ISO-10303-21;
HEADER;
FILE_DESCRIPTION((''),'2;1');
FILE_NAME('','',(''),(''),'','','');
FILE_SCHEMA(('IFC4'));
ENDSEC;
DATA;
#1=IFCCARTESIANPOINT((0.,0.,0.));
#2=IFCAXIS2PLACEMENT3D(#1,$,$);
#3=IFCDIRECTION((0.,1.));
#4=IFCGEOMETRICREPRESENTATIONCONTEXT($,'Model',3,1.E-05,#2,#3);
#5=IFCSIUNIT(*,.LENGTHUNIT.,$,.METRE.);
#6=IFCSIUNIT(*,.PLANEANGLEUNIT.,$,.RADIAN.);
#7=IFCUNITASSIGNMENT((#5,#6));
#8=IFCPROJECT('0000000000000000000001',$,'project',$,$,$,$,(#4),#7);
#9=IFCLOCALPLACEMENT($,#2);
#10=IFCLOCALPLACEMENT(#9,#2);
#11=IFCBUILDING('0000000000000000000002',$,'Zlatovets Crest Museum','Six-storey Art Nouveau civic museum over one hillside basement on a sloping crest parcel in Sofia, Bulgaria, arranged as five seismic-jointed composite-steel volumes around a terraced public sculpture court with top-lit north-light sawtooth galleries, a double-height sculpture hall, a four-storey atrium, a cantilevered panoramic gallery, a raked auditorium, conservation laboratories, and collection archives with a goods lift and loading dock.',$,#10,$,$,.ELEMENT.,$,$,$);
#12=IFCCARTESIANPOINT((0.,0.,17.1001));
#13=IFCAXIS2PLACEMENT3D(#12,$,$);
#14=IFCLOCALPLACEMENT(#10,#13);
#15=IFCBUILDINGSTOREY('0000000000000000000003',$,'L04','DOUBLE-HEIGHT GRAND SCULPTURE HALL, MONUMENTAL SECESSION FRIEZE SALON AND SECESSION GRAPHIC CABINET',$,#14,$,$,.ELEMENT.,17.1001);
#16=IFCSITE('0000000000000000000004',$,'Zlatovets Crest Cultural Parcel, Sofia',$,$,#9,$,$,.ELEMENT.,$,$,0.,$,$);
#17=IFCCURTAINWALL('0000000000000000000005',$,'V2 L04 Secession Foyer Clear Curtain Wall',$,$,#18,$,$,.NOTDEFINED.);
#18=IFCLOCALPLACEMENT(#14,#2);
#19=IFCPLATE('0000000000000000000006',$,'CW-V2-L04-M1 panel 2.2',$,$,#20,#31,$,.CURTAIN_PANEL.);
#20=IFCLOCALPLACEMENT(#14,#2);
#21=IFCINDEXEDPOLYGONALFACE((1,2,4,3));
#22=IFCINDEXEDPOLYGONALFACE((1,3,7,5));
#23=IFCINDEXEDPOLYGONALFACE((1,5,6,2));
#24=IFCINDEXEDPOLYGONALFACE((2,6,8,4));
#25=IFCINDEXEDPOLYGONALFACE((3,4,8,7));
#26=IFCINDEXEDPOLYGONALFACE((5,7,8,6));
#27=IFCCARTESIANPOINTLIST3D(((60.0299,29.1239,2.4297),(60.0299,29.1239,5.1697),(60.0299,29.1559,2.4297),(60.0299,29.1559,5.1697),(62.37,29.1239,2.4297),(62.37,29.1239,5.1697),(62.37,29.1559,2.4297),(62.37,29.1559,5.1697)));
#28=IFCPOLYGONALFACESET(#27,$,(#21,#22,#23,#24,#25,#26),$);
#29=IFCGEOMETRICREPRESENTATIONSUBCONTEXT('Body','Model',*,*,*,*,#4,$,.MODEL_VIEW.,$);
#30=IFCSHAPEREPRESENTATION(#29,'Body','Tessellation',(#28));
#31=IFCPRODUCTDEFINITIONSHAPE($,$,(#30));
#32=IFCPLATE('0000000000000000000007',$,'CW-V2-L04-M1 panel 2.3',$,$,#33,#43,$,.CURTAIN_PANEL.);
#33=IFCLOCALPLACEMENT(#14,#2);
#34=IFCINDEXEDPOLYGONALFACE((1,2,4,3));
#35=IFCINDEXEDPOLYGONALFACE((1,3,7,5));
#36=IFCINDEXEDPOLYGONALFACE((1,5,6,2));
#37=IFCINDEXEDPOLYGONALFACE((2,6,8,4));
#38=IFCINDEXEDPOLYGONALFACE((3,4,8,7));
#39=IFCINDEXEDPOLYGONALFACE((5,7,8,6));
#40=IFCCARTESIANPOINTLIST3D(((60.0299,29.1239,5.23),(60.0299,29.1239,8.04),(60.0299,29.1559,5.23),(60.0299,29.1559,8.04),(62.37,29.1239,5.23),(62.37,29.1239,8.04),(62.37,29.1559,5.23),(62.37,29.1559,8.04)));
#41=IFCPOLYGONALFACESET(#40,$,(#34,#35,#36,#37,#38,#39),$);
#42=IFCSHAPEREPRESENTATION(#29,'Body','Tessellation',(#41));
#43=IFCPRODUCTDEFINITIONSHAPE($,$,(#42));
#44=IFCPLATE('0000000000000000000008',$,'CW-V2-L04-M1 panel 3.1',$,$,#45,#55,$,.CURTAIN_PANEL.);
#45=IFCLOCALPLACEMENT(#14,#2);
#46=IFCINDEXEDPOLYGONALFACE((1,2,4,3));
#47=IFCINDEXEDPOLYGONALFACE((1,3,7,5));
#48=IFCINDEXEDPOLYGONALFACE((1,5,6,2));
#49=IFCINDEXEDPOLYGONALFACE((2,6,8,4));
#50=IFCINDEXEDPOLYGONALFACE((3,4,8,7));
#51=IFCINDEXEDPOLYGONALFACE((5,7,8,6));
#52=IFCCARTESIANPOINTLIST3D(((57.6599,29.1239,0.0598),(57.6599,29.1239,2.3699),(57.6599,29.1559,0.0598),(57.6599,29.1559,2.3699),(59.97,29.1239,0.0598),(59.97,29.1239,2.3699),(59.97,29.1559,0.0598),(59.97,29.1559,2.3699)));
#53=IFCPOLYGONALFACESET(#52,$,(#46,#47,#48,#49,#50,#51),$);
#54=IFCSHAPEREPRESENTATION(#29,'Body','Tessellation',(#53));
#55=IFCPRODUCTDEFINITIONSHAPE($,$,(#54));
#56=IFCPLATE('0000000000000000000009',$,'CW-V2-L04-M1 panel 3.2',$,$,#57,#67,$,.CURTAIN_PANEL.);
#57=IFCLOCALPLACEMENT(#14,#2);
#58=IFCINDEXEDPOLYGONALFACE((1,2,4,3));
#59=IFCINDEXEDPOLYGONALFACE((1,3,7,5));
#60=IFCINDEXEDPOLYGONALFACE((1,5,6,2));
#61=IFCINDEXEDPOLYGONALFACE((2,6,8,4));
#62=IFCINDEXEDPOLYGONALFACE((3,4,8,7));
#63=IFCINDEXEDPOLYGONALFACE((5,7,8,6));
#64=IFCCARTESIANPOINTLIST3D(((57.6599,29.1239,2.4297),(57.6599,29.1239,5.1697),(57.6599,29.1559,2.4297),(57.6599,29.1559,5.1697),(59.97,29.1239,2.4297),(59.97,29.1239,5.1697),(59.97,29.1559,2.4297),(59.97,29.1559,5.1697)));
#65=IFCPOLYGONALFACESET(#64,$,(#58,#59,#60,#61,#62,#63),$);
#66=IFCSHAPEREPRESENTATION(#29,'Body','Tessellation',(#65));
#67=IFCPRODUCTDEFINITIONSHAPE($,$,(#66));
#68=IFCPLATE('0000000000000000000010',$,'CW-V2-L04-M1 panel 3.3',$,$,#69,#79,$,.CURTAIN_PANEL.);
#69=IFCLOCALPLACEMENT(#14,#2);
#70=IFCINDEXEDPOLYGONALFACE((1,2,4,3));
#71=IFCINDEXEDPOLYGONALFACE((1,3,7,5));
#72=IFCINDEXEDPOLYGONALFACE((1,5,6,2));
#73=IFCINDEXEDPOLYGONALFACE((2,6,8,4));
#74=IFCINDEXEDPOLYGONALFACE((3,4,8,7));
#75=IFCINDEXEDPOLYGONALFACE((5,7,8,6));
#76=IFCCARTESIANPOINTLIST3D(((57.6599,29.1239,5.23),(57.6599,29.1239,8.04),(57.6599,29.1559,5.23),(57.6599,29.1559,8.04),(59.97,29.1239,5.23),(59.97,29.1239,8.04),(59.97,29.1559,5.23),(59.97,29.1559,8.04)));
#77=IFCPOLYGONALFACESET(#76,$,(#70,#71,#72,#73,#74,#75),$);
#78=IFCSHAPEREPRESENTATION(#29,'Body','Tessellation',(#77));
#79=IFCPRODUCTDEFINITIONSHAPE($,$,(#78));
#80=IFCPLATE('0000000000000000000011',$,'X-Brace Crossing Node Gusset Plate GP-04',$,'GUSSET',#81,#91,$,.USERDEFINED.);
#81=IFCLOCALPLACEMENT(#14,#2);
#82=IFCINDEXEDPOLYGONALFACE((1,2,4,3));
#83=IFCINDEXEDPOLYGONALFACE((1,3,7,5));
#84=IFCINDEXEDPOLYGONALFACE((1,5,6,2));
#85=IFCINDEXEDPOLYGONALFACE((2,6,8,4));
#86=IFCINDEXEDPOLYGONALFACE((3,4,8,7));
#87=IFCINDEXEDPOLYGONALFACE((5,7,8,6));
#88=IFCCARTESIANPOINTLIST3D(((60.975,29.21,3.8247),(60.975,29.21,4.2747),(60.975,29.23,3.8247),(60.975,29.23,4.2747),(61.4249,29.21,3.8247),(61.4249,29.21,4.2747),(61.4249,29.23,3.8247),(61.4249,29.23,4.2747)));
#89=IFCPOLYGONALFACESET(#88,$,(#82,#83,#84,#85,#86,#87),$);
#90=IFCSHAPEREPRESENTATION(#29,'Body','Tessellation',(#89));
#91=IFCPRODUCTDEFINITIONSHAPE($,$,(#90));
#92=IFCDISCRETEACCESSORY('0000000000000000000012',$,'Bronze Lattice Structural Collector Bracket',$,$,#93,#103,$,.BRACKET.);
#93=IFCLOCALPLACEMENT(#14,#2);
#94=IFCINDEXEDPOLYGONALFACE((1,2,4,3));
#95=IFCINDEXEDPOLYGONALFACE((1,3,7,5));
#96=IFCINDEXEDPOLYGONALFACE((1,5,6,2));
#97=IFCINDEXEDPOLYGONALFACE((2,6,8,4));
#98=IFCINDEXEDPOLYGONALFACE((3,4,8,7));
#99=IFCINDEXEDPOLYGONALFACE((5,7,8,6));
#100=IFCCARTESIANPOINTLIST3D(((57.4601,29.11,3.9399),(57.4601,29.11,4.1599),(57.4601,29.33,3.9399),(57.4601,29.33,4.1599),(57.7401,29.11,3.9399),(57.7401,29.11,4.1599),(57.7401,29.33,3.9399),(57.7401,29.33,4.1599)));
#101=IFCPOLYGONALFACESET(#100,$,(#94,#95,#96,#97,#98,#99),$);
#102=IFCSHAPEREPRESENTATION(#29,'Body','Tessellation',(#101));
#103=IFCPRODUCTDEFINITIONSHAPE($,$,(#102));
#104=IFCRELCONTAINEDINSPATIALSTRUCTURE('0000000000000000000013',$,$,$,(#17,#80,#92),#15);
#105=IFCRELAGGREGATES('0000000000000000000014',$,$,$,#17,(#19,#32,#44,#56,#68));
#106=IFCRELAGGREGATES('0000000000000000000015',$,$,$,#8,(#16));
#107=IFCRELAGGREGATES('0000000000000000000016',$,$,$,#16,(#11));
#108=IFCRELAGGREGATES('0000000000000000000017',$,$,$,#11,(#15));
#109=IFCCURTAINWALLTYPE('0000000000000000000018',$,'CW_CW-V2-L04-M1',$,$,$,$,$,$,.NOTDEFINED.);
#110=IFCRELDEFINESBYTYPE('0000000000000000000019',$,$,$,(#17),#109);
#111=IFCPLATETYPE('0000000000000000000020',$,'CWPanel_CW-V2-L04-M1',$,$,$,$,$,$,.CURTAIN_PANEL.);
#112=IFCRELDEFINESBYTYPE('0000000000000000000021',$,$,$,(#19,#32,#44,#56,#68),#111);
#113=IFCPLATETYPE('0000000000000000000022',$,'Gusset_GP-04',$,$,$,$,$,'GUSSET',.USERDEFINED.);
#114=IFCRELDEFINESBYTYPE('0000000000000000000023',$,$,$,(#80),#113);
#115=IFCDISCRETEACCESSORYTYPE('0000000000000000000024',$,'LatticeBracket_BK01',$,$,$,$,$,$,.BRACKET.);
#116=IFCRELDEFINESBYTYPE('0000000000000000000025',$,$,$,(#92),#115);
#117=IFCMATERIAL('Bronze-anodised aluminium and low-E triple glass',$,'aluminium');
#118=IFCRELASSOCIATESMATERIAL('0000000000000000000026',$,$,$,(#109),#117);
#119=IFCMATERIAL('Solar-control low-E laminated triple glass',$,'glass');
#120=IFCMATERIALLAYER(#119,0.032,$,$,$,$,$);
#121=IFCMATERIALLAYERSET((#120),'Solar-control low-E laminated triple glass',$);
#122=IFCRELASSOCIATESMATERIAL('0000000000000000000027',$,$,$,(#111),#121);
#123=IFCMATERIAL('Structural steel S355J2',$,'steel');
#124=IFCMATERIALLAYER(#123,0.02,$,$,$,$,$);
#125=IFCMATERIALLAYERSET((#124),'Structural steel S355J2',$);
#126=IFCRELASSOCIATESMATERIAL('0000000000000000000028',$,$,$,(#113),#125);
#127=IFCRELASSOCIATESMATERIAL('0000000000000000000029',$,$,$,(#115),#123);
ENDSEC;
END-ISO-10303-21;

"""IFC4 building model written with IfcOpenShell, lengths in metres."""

from ifc_helpers import new_model, si_unit, direction, frame, origin, origin_2d, place, context, subcontext, project, spatial, rectangle, extrude, material, layer, layer_set, type_object, element, aggregate, save


model = new_model("IFC4")

# Units and contexts
model_context = context("Model", 3, precision=1e-05, world=origin(), true_north=direction((0.0, 1.0)))
body_context = subcontext(model_context, "Body", "Model", "MODEL_VIEW")
ifc_project = project(units=[si_unit("LENGTHUNIT", "METRE"), si_unit("PLANEANGLEUNIT", "RADIAN")], contexts=[model_context])

# Site, building, storey
site_placement = place(None, origin())
site = spatial("IfcSite", under=ifc_project, at=site_placement, Name="Zlatovets Crest Cultural Parcel, Sofia", CompositionType="ELEMENT", RefElevation=0.0)
building_placement = place(site_placement, origin())
building = spatial("IfcBuilding", under=site, at=building_placement, Name="Zlatovets Crest Museum", Description="Six-storey Art Nouveau civic museum over one hillside basement on a sloping crest parcel in Sofia, Bulgaria, arranged as five seismic-jointed composite-steel volumes around a terraced public sculpture court with top-lit north-light sawtooth galleries, a double-height sculpture hall, a four-storey atrium, a cantilevered panoramic gallery, a raked auditorium, conservation laboratories, and collection archives with a goods lift and loading dock.", CompositionType="ELEMENT")
storey_placement = place(building_placement, frame((0.0, 0.0, 17.1001)))
storey = spatial("IfcBuildingStorey", under=building, at=storey_placement, Name="L04", Description="DOUBLE-HEIGHT GRAND SCULPTURE HALL, MONUMENTAL SECESSION FRIEZE SALON AND SECESSION GRAPHIC CABINET", CompositionType="ELEMENT", Elevation=17.1001)

# Shared definitions
ifc_material_1 = material(Name="Structural steel S355J2", Category="steel")

# Curtain wall
ifc_material_2 = material(Name="Bronze-anodised aluminium and low-E triple glass", Category="aluminium")
curtain_wall_type = type_object("IfcCurtainWallType", Name="CW_CW-V2-L04-M1", PredefinedType="NOTDEFINED", material=ifc_material_2)
curtain_wall_placement = place(storey_placement, origin())
curtain_wall = element("IfcCurtainWall", 1, at=curtain_wall_placement, inside=storey, type_object=curtain_wall_type, Name="V2 L04 Secession Foyer Clear Curtain Wall", PredefinedType="NOTDEFINED")

# Plates
ifc_material_3 = material(Name="Solar-control low-E laminated triple glass", Category="glass")
ifc_layer_1 = layer(ifc_material_3, 0.032)
ifc_layer_set_1 = layer_set([ifc_layer_1], Name="Solar-control low-E laminated triple glass")
plate_type_1 = type_object("IfcPlateType", Name="CWPanel_CW-V2-L04-M1", PredefinedType="CURTAIN_PANEL", material=ifc_layer_set_1)
plate_1_placement = place(storey_placement, frame((61.2, 29.1399, 2.4297), z_axis=(0.0, 0.0, 1.0), x_axis=(-1.0, 0.0, 0.0)))
plate_1 = element("IfcPlate", 2, at=plate_1_placement, type_object=plate_type_1, Name="CW-V2-L04-M1 panel 2.2", PredefinedType="CURTAIN_PANEL", context=body_context, shape_type="SweptSolid", body=[
    extrude(rectangle(XDim=2.3401, YDim=0.032, at=origin_2d()), origin(), (0.0, 0.0, 1.0), 2.74),
])
plate_2_placement = place(storey_placement, frame((61.2, 29.1399, 5.23), z_axis=(0.0, 0.0, 1.0), x_axis=(-1.0, 0.0, 0.0)))
plate_2 = element("IfcPlate", 3, at=plate_2_placement, type_object=plate_type_1, Name="CW-V2-L04-M1 panel 2.3", PredefinedType="CURTAIN_PANEL", context=body_context, shape_type="SweptSolid", body=[
    extrude(rectangle(XDim=2.3401, YDim=0.032, at=origin_2d()), origin(), (0.0, 0.0, 1.0), 2.8101),
])
plate_3_placement = place(storey_placement, frame((58.8149, 29.1399, 0.0598), z_axis=(0.0, 0.0, 1.0), x_axis=(-1.0, 0.0, 0.0)))
plate_3 = element("IfcPlate", 4, at=plate_3_placement, type_object=plate_type_1, Name="CW-V2-L04-M1 panel 3.1", PredefinedType="CURTAIN_PANEL", context=body_context, shape_type="SweptSolid", body=[
    extrude(rectangle(XDim=2.3101, YDim=0.032, at=origin_2d()), origin(), (0.0, 0.0, 1.0), 2.3101),
])
plate_4_placement = place(storey_placement, frame((58.8149, 29.1399, 2.4297), z_axis=(0.0, 0.0, 1.0), x_axis=(-1.0, 0.0, 0.0)))
plate_4 = element("IfcPlate", 5, at=plate_4_placement, type_object=plate_type_1, Name="CW-V2-L04-M1 panel 3.2", PredefinedType="CURTAIN_PANEL", context=body_context, shape_type="SweptSolid", body=[
    extrude(rectangle(XDim=2.3101, YDim=0.032, at=origin_2d()), origin(), (0.0, 0.0, 1.0), 2.74),
])
plate_5_placement = place(storey_placement, frame((58.8149, 29.1399, 5.23), z_axis=(0.0, 0.0, 1.0), x_axis=(-1.0, 0.0, 0.0)))
plate_5 = element("IfcPlate", 6, at=plate_5_placement, type_object=plate_type_1, Name="CW-V2-L04-M1 panel 3.3", PredefinedType="CURTAIN_PANEL", context=body_context, shape_type="SweptSolid", body=[
    extrude(rectangle(XDim=2.3101, YDim=0.032, at=origin_2d()), origin(), (0.0, 0.0, 1.0), 2.8101),
])
aggregate(curtain_wall, [plate_1, plate_2, plate_3, plate_4, plate_5])
ifc_layer_2 = layer(ifc_material_1, 0.02)
ifc_layer_set_2 = layer_set([ifc_layer_2], Name="Structural steel S355J2")
plate_type_2 = type_object("IfcPlateType", Name="Gusset_GP-04", ElementType="GUSSET", PredefinedType="USERDEFINED", material=ifc_layer_set_2)
plate_6_placement = place(storey_placement, frame((61.2, 29.22, 3.8247), z_axis=(0.0, 0.0, 1.0), x_axis=(1.0, 0.0, 0.0)))
element("IfcPlate", 7, at=plate_6_placement, inside=storey, type_object=plate_type_2, Name="X-Brace Crossing Node Gusset Plate GP-04", ObjectType="GUSSET", PredefinedType="USERDEFINED", context=body_context, shape_type="SweptSolid", body=[
    extrude(rectangle(XDim=0.45, YDim=0.02, at=origin_2d()), origin(), (0.0, 0.0, 1.0), 0.45),
])

# Discrete accessory
discrete_accessory_type = type_object("IfcDiscreteAccessoryType", Name="LatticeBracket_BK01", PredefinedType="BRACKET", material=ifc_material_1)
discrete_accessory_placement = place(storey_placement, frame((57.6001, 29.22, 3.9399), z_axis=(0.0, 0.0, 1.0), x_axis=(1.0, 0.0, 0.0)))
element("IfcDiscreteAccessory", 8, at=discrete_accessory_placement, inside=storey, type_object=discrete_accessory_type, Name="Bronze Lattice Structural Collector Bracket", PredefinedType="BRACKET", context=body_context, shape_type="SweptSolid", body=[
    extrude(rectangle(XDim=0.28, YDim=0.22, at=origin_2d()), origin(), (0.0, 0.0, 1.0), 0.22),
])

save(model, "model.ifc")
